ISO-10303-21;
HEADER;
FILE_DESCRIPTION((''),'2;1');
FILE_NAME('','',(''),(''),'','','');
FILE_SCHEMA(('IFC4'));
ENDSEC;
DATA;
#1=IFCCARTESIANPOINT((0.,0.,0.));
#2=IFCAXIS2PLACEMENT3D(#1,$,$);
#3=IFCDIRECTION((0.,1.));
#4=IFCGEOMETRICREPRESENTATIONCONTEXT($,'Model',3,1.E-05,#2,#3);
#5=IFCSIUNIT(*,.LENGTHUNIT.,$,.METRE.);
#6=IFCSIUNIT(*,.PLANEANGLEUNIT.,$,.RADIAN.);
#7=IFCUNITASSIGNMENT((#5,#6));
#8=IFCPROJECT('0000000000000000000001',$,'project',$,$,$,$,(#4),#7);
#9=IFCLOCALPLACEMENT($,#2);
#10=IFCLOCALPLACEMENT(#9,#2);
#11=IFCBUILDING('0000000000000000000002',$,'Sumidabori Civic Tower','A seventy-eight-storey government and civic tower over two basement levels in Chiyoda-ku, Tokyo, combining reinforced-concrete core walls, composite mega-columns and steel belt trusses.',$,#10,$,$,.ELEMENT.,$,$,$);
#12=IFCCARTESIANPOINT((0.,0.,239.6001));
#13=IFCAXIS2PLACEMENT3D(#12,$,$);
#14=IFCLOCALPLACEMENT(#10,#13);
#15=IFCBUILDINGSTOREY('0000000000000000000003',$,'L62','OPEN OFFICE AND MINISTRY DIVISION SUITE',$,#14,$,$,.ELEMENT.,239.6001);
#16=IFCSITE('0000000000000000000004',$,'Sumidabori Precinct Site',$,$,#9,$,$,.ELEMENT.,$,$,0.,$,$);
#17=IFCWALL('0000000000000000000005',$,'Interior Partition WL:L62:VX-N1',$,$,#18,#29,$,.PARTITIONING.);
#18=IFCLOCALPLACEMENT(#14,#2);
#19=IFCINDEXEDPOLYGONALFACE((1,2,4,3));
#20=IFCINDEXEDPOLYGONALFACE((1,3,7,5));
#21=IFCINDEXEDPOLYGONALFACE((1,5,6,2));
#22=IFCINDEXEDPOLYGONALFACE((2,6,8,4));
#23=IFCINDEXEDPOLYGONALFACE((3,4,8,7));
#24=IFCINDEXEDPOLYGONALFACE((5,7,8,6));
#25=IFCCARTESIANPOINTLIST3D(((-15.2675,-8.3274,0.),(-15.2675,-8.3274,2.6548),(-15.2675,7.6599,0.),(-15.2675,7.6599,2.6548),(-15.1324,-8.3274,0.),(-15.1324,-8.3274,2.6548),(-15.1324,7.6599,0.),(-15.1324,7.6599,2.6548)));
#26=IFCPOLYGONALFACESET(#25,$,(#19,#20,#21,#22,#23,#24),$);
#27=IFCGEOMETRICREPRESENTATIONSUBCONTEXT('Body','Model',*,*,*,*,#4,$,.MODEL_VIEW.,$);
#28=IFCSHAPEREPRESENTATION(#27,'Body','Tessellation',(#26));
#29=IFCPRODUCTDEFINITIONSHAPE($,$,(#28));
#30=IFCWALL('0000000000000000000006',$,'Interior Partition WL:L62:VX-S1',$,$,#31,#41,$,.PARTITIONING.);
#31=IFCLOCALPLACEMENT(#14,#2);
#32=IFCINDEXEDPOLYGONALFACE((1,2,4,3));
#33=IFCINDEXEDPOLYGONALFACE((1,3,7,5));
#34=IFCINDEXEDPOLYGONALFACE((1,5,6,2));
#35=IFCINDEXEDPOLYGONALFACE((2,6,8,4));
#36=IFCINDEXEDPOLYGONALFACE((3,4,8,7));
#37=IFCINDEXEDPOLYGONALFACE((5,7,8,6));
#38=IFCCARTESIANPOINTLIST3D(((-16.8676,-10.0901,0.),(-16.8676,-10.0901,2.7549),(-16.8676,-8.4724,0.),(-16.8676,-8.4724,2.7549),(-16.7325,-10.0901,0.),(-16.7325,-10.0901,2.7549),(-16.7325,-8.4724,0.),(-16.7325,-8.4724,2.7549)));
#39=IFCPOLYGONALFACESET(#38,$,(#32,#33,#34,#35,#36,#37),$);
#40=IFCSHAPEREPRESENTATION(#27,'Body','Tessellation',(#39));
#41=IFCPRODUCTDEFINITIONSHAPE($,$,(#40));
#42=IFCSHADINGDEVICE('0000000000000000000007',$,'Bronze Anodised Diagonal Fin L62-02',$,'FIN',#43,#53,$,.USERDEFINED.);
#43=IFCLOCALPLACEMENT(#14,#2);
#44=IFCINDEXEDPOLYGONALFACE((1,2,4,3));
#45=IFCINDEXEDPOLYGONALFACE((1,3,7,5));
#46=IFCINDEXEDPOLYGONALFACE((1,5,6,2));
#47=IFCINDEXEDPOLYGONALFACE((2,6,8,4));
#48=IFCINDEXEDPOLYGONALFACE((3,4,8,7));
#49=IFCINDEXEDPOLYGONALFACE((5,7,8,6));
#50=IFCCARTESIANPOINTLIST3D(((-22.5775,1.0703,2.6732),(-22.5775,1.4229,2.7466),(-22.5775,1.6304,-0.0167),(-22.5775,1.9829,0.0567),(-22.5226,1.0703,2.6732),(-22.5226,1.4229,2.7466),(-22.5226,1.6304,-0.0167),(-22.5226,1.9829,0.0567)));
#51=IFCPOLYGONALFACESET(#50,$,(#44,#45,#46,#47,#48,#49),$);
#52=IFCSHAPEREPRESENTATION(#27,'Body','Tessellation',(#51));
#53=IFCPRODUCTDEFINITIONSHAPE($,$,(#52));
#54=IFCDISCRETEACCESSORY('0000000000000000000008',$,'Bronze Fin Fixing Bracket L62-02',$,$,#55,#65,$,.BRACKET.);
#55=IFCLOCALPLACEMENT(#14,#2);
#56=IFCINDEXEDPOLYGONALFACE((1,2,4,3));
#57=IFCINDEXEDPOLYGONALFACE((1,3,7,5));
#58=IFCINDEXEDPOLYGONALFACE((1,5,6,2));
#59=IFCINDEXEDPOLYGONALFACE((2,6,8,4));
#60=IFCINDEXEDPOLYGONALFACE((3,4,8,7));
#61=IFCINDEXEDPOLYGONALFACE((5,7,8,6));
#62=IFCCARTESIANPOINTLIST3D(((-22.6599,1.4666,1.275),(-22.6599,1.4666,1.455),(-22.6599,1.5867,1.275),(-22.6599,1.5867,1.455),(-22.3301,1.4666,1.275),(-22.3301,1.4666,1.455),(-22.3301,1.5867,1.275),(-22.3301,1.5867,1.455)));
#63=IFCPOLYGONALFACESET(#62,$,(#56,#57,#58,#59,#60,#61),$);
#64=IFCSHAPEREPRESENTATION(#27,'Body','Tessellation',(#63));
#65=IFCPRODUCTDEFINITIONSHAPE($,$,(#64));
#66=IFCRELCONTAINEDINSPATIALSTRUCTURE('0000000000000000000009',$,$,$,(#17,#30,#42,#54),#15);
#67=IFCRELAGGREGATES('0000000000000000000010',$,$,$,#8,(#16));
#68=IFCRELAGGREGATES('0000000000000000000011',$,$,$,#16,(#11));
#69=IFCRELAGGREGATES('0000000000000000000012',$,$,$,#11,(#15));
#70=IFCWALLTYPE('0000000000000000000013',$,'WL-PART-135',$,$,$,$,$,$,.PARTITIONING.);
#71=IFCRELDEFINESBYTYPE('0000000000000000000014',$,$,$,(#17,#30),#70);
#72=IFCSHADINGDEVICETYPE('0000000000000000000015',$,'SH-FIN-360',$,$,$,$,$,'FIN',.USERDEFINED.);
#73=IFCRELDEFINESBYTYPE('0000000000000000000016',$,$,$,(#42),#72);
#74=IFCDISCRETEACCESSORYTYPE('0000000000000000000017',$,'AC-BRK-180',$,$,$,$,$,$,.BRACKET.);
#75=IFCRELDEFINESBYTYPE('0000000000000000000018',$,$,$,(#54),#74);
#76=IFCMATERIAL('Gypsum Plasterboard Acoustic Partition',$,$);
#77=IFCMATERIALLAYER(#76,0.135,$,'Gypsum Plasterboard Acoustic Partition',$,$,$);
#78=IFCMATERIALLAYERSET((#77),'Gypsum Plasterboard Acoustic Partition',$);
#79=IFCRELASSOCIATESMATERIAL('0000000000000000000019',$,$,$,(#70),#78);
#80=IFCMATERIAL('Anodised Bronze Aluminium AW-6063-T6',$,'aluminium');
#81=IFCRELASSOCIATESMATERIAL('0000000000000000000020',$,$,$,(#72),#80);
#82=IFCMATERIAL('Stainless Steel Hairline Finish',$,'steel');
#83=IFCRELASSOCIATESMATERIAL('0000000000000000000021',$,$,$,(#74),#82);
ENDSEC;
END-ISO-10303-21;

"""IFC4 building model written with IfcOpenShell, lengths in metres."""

from ifc_helpers import new_model, si_unit, direction, frame, frame_2d, origin, origin_2d, place, context, subcontext, project, spatial, rectangle, extrude, source, transform, mapped, material, layer, layer_set, material_profile, profile_set, type_object, element, save


model = new_model("IFC4")

# Units and contexts
model_context = context("Model", 3, precision=1e-05, world=origin(), true_north=direction((0.0, 1.0)))
body_context = subcontext(model_context, "Body", "Model", "MODEL_VIEW")
ifc_project = project(units=[si_unit("LENGTHUNIT", "METRE"), si_unit("PLANEANGLEUNIT", "RADIAN")], contexts=[model_context])

# Site, building, storey
site_placement = place(None, origin())
site = spatial("IfcSite", under=ifc_project, at=site_placement, Name="Sumidabori Precinct Site", CompositionType="ELEMENT", RefElevation=0.0)
building_placement = place(site_placement, origin())
building = spatial("IfcBuilding", under=site, at=building_placement, Name="Sumidabori Civic Tower", Description="A seventy-eight-storey government and civic tower over two basement levels in Chiyoda-ku, Tokyo, combining reinforced-concrete core walls, composite mega-columns and steel belt trusses.", CompositionType="ELEMENT")
storey_placement = place(building_placement, frame((0.0, 0.0, 239.6001)))
storey = spatial("IfcBuildingStorey", under=building, at=storey_placement, Name="L62", Description="OPEN OFFICE AND MINISTRY DIVISION SUITE", CompositionType="ELEMENT", Elevation=239.6001)

# Shared definitions
ifc_material_1 = material(Name="Anodised Bronze Aluminium AW-6063-T6", Category="aluminium")

# Shared definitions
ifc_material_2 = material(Name="Gypsum Plasterboard Acoustic Partition")
ifc_layer_1 = layer(ifc_material_2, 0.135, Name="Gypsum Plasterboard Acoustic Partition")
ifc_layer_set_1 = layer_set([ifc_layer_1], Name="Gypsum Plasterboard Acoustic Partition")
wall_type_1 = type_object("IfcWallType", Name="WL-PART-135", PredefinedType="PARTITIONING", material=ifc_layer_set_1)

# Walls
shared_shape_1 = source(origin(), body_context, "Body", "SweptSolid", [
    extrude(rectangle(XDim=15.9873, YDim=0.135, at=frame_2d((7.9937, 0.0))), origin(), (0.0, 0.0, 1.0), 2.6548),
])
wall_1_placement = place(storey_placement, frame((-15.2, -8.3274, 0.0), z_axis=(0.0, 0.0, 1.0), x_axis=(0.0, 1.0, 0.0)))
element("IfcWall", 1, at=wall_1_placement, inside=storey, type_object=wall_type_1, Name="Interior Partition WL:L62:VX-N1", PredefinedType="PARTITIONING", context=body_context, shape_type="MappedRepresentation", body=[
    mapped(shared_shape_1, transform((0.0, 0.0, 0.0), x_axis=(1.0, 0.0, 0.0), y_axis=(0.0, 1.0, 0.0), z_axis=(0.0, 0.0, 1.0), scale=1.0)),
])
shared_shape_2 = source(origin(), body_context, "Body", "SweptSolid", [
    extrude(rectangle(XDim=1.6177, YDim=0.135, at=frame_2d((0.8088, 0.0))), origin(), (0.0, 0.0, 1.0), 2.7549),
])
wall_2_placement = place(storey_placement, frame((-16.8, -10.0901, 0.0), z_axis=(0.0, 0.0, 1.0), x_axis=(0.0, 1.0, 0.0)))
element("IfcWall", 2, at=wall_2_placement, inside=storey, type_object=wall_type_1, Name="Interior Partition WL:L62:VX-S1", PredefinedType="PARTITIONING", context=body_context, shape_type="MappedRepresentation", body=[
    mapped(shared_shape_2, transform((0.0, 0.0, 0.0), x_axis=(1.0, 0.0, 0.0), y_axis=(0.0, 1.0, 0.0), z_axis=(0.0, 0.0, 1.0), scale=1.0)),
])

# Shading device
ifc_material_profile_1 = material_profile(ifc_material_1, rectangle(XDim=0.0549, YDim=0.3601, at=origin_2d()), Name="BRONZE FIN 360x55")
ifc_profile_set_1 = profile_set([ifc_material_profile_1], Name="Anodised Bronze Aluminium AW-6063-T6")
shading_device_type = type_object("IfcShadingDeviceType", Name="SH-FIN-360", ElementType="FIN", PredefinedType="USERDEFINED", material=ifc_profile_set_1)
shared_shape_3 = source(origin(), body_context, "Body", "SweptSolid", [
    extrude(rectangle(XDim=0.0549, YDim=0.3601, at=origin_2d()), origin(), (0.0, 0.0, 1.0), 2.7476),
])
shading_device_placement = place(storey_placement, frame((-22.55, 1.8066, 0.02), z_axis=(0.0, -0.203834, 0.979006), x_axis=(-1.0, 0.0, 0.0)))
element("IfcShadingDevice", 3, at=shading_device_placement, inside=storey, type_object=shading_device_type, Name="Bronze Anodised Diagonal Fin L62-02", ObjectType="FIN", PredefinedType="USERDEFINED", context=body_context, shape_type="MappedRepresentation", body=[
    mapped(shared_shape_3, transform((0.0, 0.0, 0.0), x_axis=(1.0, 0.0, 0.0), y_axis=(0.0, 1.0, 0.0), z_axis=(0.0, 0.0, 1.0), scale=1.0)),
])

# Discrete accessory
ifc_material_3 = material(Name="Stainless Steel Hairline Finish", Category="steel")
ifc_material_profile_2 = material_profile(ifc_material_3, rectangle(XDim=0.1201, YDim=0.1799, at=origin_2d()), Name="STEEL BRACKET 180x120")
ifc_profile_set_2 = profile_set([ifc_material_profile_2], Name="Stainless Steel Hairline Finish")
discrete_accessory_type = type_object("IfcDiscreteAccessoryType", Name="AC-BRK-180", PredefinedType="BRACKET", material=ifc_profile_set_2)
shared_shape_4 = source(origin(), body_context, "Body", "SweptSolid", [
    extrude(rectangle(XDim=0.1201, YDim=0.1799, at=origin_2d()), origin(), (0.0, 0.0, 1.0), 0.3298),
])
discrete_accessory_placement = place(storey_placement, frame((-22.3301, 1.5266, 1.365), z_axis=(-1.0, 0.0, 0.0), x_axis=(0.0, -1.0, 0.0)))
element("IfcDiscreteAccessory", 4, at=discrete_accessory_placement, inside=storey, type_object=discrete_accessory_type, Name="Bronze Fin Fixing Bracket L62-02", PredefinedType="BRACKET", context=body_context, shape_type="MappedRepresentation", body=[
    mapped(shared_shape_4, transform((0.0, 0.0, 0.0), x_axis=(1.0, 0.0, 0.0), y_axis=(0.0, 1.0, 0.0), z_axis=(0.0, 0.0, 1.0), scale=1.0)),
])

save(model, "model.ifc")
